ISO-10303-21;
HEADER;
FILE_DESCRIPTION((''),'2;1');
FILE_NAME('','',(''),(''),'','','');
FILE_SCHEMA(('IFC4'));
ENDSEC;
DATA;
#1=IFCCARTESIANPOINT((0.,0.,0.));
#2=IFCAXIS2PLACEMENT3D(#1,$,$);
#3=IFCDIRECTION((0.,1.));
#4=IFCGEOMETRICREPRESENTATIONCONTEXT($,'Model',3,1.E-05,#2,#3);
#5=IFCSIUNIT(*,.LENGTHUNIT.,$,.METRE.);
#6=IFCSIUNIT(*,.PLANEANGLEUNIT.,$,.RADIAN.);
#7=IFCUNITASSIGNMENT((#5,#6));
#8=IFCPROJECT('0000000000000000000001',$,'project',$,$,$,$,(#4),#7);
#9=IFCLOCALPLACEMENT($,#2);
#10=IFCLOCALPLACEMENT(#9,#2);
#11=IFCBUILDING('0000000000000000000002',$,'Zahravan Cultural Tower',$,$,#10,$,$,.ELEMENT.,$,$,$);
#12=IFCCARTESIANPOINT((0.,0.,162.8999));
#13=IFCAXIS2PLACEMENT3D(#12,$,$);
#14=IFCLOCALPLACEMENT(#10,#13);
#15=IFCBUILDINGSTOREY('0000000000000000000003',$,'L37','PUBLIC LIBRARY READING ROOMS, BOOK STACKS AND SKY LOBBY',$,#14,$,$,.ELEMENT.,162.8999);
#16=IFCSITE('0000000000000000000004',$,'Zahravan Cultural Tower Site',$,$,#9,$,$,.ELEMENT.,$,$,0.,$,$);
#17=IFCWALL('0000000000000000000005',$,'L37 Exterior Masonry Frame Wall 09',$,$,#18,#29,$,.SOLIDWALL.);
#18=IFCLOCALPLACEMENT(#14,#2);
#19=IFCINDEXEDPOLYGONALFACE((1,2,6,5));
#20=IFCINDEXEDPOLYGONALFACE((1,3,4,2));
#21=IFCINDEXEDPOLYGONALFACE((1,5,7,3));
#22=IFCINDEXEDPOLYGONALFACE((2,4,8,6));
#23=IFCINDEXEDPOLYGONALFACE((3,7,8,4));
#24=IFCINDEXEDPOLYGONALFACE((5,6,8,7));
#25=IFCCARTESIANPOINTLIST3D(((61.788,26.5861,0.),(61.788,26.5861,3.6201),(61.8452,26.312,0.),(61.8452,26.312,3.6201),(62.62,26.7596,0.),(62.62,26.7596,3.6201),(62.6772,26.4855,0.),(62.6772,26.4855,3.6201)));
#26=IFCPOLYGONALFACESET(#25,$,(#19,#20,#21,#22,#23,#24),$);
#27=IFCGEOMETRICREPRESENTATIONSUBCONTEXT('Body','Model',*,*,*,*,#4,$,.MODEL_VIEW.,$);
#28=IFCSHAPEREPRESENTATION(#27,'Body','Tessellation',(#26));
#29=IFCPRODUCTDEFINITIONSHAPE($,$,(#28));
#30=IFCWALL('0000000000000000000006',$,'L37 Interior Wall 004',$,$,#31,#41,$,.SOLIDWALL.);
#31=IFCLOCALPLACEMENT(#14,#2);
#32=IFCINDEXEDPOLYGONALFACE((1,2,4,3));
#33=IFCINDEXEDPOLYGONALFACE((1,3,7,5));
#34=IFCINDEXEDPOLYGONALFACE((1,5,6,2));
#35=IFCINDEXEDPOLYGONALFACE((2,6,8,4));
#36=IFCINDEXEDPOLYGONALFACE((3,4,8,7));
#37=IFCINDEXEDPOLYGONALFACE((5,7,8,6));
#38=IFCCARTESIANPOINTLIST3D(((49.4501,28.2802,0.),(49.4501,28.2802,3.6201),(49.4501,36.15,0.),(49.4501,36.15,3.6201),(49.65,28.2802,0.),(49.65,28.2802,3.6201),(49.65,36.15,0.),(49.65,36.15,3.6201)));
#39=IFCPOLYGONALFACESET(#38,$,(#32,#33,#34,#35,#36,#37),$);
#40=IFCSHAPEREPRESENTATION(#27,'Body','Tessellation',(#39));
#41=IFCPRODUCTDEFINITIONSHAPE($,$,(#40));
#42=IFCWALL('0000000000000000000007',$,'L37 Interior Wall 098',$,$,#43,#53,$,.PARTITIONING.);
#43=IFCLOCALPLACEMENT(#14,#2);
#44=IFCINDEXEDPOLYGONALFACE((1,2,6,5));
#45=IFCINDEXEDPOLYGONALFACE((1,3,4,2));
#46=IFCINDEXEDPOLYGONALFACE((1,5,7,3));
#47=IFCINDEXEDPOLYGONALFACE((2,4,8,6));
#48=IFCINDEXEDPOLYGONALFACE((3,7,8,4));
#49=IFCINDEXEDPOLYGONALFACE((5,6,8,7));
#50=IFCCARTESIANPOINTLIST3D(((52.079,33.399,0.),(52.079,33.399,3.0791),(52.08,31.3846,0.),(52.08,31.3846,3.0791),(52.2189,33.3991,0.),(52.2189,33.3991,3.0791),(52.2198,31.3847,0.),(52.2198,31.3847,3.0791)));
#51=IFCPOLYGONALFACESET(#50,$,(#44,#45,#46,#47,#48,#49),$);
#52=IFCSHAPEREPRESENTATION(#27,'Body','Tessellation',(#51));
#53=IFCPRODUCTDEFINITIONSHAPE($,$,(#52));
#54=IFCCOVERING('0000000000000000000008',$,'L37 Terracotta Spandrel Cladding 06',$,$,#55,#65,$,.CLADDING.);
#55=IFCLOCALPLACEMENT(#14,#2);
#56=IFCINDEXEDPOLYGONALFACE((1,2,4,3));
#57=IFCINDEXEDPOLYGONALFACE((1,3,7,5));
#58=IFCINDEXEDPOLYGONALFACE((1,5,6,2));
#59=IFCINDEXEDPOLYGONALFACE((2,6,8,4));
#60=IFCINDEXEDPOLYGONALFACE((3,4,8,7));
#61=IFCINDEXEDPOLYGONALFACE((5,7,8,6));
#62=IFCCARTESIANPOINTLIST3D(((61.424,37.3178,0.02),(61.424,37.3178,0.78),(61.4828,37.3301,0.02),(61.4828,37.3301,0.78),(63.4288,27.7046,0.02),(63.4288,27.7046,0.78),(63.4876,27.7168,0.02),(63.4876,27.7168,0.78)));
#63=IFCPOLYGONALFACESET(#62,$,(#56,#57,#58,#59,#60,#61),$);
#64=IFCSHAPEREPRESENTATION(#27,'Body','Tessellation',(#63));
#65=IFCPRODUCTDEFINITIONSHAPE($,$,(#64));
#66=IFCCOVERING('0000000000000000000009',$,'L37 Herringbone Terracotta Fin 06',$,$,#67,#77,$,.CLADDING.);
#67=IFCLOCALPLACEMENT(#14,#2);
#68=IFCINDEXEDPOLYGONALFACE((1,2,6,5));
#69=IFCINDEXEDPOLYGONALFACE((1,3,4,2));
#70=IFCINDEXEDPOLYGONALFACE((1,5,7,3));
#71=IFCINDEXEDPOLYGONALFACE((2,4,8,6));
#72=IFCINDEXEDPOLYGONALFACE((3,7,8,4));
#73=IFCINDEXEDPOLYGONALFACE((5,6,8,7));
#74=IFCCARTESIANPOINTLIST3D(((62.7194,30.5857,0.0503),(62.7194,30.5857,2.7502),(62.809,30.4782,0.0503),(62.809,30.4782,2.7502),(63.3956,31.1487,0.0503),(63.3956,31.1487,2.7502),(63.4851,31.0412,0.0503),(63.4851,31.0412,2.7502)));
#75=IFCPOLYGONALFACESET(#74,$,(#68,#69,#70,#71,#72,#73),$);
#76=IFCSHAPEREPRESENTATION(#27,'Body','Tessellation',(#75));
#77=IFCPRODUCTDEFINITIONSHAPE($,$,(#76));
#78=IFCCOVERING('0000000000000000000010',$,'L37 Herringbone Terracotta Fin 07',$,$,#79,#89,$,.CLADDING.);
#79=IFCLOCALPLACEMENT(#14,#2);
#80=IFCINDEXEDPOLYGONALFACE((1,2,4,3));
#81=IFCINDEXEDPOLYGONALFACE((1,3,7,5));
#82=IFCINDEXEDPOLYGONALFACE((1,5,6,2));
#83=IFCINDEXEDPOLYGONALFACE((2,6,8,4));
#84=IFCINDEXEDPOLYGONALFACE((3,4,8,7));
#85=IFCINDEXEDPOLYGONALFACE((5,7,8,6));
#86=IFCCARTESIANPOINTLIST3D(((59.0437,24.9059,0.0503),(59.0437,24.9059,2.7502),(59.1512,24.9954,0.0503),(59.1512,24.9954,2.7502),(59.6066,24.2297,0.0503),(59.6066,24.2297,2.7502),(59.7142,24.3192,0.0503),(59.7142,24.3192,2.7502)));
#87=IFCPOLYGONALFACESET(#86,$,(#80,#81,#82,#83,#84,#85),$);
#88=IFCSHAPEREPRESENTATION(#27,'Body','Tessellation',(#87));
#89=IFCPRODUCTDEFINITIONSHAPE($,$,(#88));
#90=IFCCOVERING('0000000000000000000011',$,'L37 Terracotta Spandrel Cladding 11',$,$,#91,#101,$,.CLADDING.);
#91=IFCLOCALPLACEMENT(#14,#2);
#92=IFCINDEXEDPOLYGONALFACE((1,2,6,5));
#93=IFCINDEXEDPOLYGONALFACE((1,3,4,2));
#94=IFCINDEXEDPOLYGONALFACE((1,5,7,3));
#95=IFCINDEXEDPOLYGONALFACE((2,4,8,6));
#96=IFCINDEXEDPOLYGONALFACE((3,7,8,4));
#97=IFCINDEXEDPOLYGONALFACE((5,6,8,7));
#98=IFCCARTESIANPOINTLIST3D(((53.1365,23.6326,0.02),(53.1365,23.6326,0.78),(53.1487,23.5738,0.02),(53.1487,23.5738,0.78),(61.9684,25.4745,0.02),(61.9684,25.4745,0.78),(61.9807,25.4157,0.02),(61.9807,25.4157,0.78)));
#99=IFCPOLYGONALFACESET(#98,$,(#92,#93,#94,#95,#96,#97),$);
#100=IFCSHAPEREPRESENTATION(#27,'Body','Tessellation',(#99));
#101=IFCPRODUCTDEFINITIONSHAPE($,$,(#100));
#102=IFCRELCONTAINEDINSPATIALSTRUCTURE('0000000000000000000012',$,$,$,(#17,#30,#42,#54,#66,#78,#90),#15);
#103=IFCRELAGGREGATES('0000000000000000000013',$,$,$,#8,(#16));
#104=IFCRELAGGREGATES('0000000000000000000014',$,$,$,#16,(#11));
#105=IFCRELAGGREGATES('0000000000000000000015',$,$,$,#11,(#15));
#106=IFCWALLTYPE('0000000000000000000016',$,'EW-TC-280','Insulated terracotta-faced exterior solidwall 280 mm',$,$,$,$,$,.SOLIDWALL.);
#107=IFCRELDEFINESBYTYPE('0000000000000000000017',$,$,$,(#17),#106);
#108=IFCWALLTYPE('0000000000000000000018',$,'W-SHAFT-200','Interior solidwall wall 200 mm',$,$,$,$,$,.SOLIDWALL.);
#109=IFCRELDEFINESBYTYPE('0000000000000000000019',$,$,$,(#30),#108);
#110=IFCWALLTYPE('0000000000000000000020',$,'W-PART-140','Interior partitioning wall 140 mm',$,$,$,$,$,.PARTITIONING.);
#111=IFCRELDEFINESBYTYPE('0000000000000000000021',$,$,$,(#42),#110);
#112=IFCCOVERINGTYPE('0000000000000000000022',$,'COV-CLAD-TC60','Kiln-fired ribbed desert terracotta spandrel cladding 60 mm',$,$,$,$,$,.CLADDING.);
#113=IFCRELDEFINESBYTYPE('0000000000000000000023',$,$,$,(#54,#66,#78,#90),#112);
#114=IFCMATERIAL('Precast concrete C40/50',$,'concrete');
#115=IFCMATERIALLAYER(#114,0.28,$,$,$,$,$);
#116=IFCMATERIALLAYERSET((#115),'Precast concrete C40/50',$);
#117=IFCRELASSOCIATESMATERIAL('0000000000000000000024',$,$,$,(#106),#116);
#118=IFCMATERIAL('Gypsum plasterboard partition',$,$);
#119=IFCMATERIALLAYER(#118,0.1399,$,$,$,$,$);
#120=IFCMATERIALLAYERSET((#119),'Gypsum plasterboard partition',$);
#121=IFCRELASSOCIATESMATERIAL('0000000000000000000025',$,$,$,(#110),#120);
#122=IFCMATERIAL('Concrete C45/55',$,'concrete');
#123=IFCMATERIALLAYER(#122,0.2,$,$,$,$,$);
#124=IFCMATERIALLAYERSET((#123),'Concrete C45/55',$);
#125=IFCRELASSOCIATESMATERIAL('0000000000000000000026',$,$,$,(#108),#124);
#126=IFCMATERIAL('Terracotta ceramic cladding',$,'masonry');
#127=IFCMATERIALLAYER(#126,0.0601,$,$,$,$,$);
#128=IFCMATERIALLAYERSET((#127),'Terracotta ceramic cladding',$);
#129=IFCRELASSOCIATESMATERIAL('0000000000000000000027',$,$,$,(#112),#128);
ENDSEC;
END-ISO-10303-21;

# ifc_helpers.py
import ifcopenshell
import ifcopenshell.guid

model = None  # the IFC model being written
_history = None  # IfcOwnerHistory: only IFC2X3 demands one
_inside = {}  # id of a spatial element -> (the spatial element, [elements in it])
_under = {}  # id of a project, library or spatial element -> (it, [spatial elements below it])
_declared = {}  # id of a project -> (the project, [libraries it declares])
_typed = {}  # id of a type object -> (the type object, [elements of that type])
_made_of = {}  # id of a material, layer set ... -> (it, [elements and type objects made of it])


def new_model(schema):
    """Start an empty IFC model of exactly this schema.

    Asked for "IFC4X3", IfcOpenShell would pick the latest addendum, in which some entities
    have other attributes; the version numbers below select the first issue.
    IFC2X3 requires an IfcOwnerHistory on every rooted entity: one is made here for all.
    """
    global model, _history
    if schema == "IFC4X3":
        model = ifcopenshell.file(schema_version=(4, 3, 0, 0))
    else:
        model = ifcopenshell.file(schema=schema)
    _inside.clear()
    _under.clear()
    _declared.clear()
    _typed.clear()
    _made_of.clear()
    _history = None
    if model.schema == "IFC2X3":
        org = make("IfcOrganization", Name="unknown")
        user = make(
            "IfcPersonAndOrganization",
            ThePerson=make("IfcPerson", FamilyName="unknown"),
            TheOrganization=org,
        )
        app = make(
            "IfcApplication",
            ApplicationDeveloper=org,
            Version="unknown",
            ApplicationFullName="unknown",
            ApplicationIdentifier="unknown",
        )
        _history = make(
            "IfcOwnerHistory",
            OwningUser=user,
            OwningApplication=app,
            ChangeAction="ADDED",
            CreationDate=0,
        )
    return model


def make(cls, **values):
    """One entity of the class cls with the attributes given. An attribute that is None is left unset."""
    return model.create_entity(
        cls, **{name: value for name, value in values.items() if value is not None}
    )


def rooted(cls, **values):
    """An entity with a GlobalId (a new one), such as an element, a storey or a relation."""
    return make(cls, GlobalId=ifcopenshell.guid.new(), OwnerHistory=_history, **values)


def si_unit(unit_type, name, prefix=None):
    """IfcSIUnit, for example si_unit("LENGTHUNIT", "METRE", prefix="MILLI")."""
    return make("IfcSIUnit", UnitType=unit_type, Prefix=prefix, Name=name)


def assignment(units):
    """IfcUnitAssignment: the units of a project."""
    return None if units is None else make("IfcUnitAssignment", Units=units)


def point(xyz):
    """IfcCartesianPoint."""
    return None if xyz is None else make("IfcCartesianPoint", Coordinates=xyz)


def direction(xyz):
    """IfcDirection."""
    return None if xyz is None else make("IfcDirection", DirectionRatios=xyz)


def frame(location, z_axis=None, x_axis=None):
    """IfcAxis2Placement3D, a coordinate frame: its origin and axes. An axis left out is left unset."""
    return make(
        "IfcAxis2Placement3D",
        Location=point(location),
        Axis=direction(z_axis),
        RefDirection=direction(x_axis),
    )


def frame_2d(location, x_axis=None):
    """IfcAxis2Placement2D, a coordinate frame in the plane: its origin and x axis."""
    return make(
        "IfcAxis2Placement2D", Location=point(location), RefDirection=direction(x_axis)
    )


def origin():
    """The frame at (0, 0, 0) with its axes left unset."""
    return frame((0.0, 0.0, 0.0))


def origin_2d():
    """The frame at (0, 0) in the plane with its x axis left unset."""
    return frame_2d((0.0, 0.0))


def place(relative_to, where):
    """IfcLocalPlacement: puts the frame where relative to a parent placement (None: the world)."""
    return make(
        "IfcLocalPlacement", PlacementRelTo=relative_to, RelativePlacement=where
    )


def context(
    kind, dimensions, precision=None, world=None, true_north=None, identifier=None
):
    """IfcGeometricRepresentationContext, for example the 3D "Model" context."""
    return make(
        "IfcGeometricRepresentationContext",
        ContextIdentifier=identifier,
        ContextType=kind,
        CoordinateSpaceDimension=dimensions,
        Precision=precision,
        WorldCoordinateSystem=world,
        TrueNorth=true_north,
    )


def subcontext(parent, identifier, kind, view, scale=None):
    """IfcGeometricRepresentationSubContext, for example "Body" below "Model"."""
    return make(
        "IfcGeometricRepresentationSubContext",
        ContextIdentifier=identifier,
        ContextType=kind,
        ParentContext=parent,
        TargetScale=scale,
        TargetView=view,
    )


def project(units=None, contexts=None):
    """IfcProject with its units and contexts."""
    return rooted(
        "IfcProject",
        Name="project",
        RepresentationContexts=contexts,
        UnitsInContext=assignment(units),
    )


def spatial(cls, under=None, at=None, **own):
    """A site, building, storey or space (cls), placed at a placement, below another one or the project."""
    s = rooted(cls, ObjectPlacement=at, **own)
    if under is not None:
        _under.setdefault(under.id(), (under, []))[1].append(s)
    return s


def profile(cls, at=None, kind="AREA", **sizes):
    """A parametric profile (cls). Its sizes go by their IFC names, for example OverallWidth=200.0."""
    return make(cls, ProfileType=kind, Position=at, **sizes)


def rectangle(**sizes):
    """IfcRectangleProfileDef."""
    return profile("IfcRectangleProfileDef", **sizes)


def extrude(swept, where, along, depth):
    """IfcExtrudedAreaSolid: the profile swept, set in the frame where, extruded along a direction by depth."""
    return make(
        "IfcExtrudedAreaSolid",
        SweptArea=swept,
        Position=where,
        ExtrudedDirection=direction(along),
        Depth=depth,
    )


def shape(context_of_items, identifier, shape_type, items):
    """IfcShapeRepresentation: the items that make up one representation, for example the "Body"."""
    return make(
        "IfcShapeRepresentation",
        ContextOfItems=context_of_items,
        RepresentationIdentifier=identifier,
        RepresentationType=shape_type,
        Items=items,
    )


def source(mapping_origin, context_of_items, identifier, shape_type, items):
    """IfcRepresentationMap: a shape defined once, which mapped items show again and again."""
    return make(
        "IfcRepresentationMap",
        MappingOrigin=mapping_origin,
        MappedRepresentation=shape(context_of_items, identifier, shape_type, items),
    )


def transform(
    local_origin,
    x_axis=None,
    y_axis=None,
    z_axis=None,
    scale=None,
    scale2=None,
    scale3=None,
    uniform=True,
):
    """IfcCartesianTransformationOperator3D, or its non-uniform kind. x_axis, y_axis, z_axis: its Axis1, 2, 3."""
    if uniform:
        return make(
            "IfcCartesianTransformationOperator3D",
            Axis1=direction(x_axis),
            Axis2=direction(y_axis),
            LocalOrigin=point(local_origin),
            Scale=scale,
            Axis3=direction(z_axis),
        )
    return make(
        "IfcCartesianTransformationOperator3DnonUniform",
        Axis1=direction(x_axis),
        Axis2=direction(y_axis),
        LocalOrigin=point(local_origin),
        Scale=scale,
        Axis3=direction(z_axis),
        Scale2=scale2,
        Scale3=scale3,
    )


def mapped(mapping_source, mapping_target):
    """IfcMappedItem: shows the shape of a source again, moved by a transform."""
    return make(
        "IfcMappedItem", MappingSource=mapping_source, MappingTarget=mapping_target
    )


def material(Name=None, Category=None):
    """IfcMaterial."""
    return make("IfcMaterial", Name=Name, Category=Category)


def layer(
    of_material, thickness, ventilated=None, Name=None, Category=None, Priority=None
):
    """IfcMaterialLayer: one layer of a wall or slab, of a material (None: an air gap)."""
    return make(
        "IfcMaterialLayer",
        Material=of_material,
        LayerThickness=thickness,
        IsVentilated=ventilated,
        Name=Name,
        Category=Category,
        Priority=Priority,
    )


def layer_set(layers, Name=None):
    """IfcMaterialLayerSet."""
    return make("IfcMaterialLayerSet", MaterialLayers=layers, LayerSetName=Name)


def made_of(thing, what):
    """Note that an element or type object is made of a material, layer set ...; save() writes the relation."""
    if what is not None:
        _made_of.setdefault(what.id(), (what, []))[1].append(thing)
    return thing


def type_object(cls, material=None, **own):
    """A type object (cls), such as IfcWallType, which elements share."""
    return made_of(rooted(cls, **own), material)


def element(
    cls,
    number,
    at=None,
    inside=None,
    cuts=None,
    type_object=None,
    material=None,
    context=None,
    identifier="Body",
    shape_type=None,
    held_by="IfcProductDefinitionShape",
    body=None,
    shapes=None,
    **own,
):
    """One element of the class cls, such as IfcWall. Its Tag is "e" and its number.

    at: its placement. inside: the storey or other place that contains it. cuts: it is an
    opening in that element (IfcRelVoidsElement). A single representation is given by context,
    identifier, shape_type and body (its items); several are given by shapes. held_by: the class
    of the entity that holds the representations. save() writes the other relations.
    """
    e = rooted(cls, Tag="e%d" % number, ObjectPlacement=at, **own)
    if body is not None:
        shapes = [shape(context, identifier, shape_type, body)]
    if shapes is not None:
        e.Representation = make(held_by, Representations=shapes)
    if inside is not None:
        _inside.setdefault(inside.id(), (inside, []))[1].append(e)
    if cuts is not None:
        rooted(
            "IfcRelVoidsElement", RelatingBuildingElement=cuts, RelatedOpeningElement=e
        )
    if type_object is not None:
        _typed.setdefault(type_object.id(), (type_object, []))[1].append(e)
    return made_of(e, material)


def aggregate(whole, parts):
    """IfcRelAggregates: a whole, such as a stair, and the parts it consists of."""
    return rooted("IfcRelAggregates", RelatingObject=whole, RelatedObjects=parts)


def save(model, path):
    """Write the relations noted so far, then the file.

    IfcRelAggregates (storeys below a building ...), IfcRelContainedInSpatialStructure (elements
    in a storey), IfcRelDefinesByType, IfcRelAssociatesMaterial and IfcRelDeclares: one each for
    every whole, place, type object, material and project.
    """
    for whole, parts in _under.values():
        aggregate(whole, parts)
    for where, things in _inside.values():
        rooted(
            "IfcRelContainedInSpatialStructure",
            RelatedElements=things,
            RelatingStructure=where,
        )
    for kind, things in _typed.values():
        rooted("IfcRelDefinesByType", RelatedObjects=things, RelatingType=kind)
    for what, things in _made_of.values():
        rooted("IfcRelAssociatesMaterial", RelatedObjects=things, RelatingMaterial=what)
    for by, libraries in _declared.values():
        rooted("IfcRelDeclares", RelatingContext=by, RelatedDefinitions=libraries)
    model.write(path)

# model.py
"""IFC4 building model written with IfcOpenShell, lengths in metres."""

from ifc_helpers import new_model, si_unit, direction, frame, frame_2d, origin, origin_2d, place, context, subcontext, project, spatial, rectangle, extrude, source, transform, mapped, material, layer, layer_set, type_object, element, save


model = new_model("IFC4")

# Units and contexts
model_context = context("Model", 3, precision=1e-05, world=origin(), true_north=direction((0.0, 1.0)))
body_context = subcontext(model_context, "Body", "Model", "MODEL_VIEW")
ifc_project = project(units=[si_unit("LENGTHUNIT", "METRE"), si_unit("PLANEANGLEUNIT", "RADIAN")], contexts=[model_context])

# Site, building, storey
site_placement = place(None, origin())
site = spatial("IfcSite", under=ifc_project, at=site_placement, Name="Zahravan Cultural Tower Site", CompositionType="ELEMENT", RefElevation=0.0)
building_placement = place(site_placement, origin())
building = spatial("IfcBuilding", under=site, at=building_placement, Name="Zahravan Cultural Tower", CompositionType="ELEMENT")
storey_placement = place(building_placement, frame((0.0, 0.0, 162.8999)))
storey = spatial("IfcBuildingStorey", under=building, at=storey_placement, Name="L37", Description="PUBLIC LIBRARY READING ROOMS, BOOK STACKS AND SKY LOBBY", CompositionType="ELEMENT", Elevation=162.8999)

# Shared definitions
ifc_material_1 = material(Name="Precast concrete C40/50", Category="concrete")
ifc_layer_1 = layer(ifc_material_1, 0.28)
ifc_layer_set_1 = layer_set([ifc_layer_1], Name="Precast concrete C40/50")
wall_type_1 = type_object("IfcWallType", Name="EW-TC-280", Description="Insulated terracotta-faced exterior solidwall 280 mm", PredefinedType="SOLIDWALL", material=ifc_layer_set_1)

# Shared definitions
ifc_material_2 = material(Name="Gypsum plasterboard partition")
ifc_layer_2 = layer(ifc_material_2, 0.1399)
ifc_layer_set_2 = layer_set([ifc_layer_2], Name="Gypsum plasterboard partition")
wall_type_2 = type_object("IfcWallType", Name="W-PART-140", Description="Interior partitioning wall 140 mm", PredefinedType="PARTITIONING", material=ifc_layer_set_2)

# Walls
shared_shape_1 = source(origin(), body_context, "Body", "SweptSolid", [
    extrude(rectangle(XDim=0.8499, YDim=0.28, at=frame_2d((0.4248, 0.0))), origin(), (0.0, 0.0, 1.0), 3.6201),
])
for number, where, z_axis, x_axis, name in (
    (1, (62.6484, 26.6226, 0.0), (0.0, 0.0, 1.0), (-0.978923, -0.20423, 0.0), "L37 Exterior Masonry Frame Wall 09"),
):
    element("IfcWall", number, at=place(storey_placement, frame(where, z_axis=z_axis, x_axis=x_axis)), inside=storey, type_object=wall_type_1, Name=name, PredefinedType="SOLIDWALL", context=body_context, shape_type="MappedRepresentation", body=[
        mapped(shared_shape_1, transform((0.0, 0.0, 0.0), x_axis=(1.0, 0.0, 0.0), y_axis=(0.0, 1.0, 0.0), z_axis=(0.0, 0.0, 1.0), scale=1.0)),
    ])
ifc_material_3 = material(Name="Concrete C45/55", Category="concrete")
ifc_layer_3 = layer(ifc_material_3, 0.2)
ifc_layer_set_3 = layer_set([ifc_layer_3], Name="Concrete C45/55")
wall_type_3 = type_object("IfcWallType", Name="W-SHAFT-200", Description="Interior solidwall wall 200 mm", PredefinedType="SOLIDWALL", material=ifc_layer_set_3)
shared_shape_2 = source(origin(), body_context, "Body", "SweptSolid", [
    extrude(rectangle(XDim=7.8699, YDim=0.2, at=frame_2d((3.9351, 0.0))), origin(), (0.0, 0.0, 1.0), 3.6201),
])
wall_1_placement = place(storey_placement, frame((49.55, 28.28, 0.0), z_axis=(0.0, 0.0, 1.0), x_axis=(0.0, 1.0, 0.0)))
element("IfcWall", 2, at=wall_1_placement, inside=storey, type_object=wall_type_3, Name="L37 Interior Wall 004", PredefinedType="SOLIDWALL", context=body_context, shape_type="MappedRepresentation", body=[
    mapped(shared_shape_2, transform((0.0, 0.0, 0.0), x_axis=(1.0, 0.0, 0.0), y_axis=(0.0, 1.0, 0.0), z_axis=(0.0, 0.0, 1.0), scale=1.0)),
])
shared_shape_3 = source(origin(), body_context, "Body", "SweptSolid", [
    extrude(rectangle(XDim=2.0144, YDim=0.1399, at=frame_2d((1.0073, 0.0))), origin(), (0.0, 0.0, 1.0), 3.0791),
])
wall_2_placement = place(storey_placement, frame((52.1499, 31.3845, 0.0), z_axis=(0.0, 0.0, 1.0), x_axis=(-0.000485, 1.0, 0.0)))
element("IfcWall", 3, at=wall_2_placement, inside=storey, type_object=wall_type_2, Name="L37 Interior Wall 098", PredefinedType="PARTITIONING", context=body_context, shape_type="MappedRepresentation", body=[
    mapped(shared_shape_3, transform((0.0, 0.0, 0.0), x_axis=(1.0, 0.0, 0.0), y_axis=(0.0, 1.0, 0.0), z_axis=(0.0, 0.0, 1.0), scale=1.0)),
])

# Coverings
ifc_material_4 = material(Name="Terracotta ceramic cladding", Category="masonry")
ifc_layer_4 = layer(ifc_material_4, 0.0601)
ifc_layer_set_4 = layer_set([ifc_layer_4], Name="Terracotta ceramic cladding")
covering_type = type_object("IfcCoveringType", Name="COV-CLAD-TC60", Description="Kiln-fired ribbed desert terracotta spandrel cladding 60 mm", PredefinedType="CLADDING", material=ifc_layer_set_4)
shared_shape_4 = source(origin(), body_context, "Body", "SweptSolid", [
    extrude(rectangle(XDim=9.8201, YDim=0.0601, at=origin_2d()), origin(), (0.0, 0.0, 1.0), 0.76),
])
covering_1_placement = place(storey_placement, frame((62.4558, 32.5173, 0.02), z_axis=(0.0, 0.0, 1.0), x_axis=(0.204154, -0.978939, 0.0)))
element("IfcCovering", 4, at=covering_1_placement, inside=storey, type_object=covering_type, Name="L37 Terracotta Spandrel Cladding 06", PredefinedType="CLADDING", context=body_context, shape_type="MappedRepresentation", body=[
    mapped(shared_shape_4, transform((0.0, 0.0, 0.0), x_axis=(1.0, 0.0, 0.0), y_axis=(0.0, 1.0, 0.0), z_axis=(0.0, 0.0, 1.0), scale=1.0)),
])
shared_shape_5 = source(origin(), body_context, "Body", "SweptSolid", [
    extrude(rectangle(XDim=0.8799, YDim=0.1399, at=origin_2d()), origin(), (0.0, 0.0, 1.0), 2.7),
])
for number, where, z_axis, x_axis, name in (
    (5, (63.1023, 30.8135, 0.0503), (0.0, 0.0, 1.0), (0.768507, 0.639841, 0.0), "L37 Herringbone Terracotta Fin 06"),
    (6, (59.3789, 24.6125, 0.0503), (0.0, 0.0, 1.0), (0.639841, -0.768507, 0.0), "L37 Herringbone Terracotta Fin 07"),
):
    element("IfcCovering", number, at=place(storey_placement, frame(where, z_axis=z_axis, x_axis=x_axis)), inside=storey, type_object=covering_type, Name=name, PredefinedType="CLADDING", context=body_context, shape_type="MappedRepresentation", body=[
        mapped(shared_shape_5, transform((0.0, 0.0, 0.0), x_axis=(1.0, 0.0, 0.0), y_axis=(0.0, 1.0, 0.0), z_axis=(0.0, 0.0, 1.0), scale=1.0)),
    ])
shared_shape_6 = source(origin(), body_context, "Body", "SweptSolid", [
    extrude(rectangle(XDim=9.022, YDim=0.0601, at=origin_2d()), origin(), (0.0, 0.0, 1.0), 0.76),
])
covering_2_placement = place(storey_placement, frame((57.5586, 24.5242, 0.02), z_axis=(0.0, 0.0, 1.0), x_axis=(-0.978939, -0.204154, 0.0)))
element("IfcCovering", 7, at=covering_2_placement, inside=storey, type_object=covering_type, Name="L37 Terracotta Spandrel Cladding 11", PredefinedType="CLADDING", context=body_context, shape_type="MappedRepresentation", body=[
    mapped(shared_shape_6, transform((0.0, 0.0, 0.0), x_axis=(1.0, 0.0, 0.0), y_axis=(0.0, 1.0, 0.0), z_axis=(0.0, 0.0, 1.0), scale=1.0)),
])

save(model, "model.ifc")
